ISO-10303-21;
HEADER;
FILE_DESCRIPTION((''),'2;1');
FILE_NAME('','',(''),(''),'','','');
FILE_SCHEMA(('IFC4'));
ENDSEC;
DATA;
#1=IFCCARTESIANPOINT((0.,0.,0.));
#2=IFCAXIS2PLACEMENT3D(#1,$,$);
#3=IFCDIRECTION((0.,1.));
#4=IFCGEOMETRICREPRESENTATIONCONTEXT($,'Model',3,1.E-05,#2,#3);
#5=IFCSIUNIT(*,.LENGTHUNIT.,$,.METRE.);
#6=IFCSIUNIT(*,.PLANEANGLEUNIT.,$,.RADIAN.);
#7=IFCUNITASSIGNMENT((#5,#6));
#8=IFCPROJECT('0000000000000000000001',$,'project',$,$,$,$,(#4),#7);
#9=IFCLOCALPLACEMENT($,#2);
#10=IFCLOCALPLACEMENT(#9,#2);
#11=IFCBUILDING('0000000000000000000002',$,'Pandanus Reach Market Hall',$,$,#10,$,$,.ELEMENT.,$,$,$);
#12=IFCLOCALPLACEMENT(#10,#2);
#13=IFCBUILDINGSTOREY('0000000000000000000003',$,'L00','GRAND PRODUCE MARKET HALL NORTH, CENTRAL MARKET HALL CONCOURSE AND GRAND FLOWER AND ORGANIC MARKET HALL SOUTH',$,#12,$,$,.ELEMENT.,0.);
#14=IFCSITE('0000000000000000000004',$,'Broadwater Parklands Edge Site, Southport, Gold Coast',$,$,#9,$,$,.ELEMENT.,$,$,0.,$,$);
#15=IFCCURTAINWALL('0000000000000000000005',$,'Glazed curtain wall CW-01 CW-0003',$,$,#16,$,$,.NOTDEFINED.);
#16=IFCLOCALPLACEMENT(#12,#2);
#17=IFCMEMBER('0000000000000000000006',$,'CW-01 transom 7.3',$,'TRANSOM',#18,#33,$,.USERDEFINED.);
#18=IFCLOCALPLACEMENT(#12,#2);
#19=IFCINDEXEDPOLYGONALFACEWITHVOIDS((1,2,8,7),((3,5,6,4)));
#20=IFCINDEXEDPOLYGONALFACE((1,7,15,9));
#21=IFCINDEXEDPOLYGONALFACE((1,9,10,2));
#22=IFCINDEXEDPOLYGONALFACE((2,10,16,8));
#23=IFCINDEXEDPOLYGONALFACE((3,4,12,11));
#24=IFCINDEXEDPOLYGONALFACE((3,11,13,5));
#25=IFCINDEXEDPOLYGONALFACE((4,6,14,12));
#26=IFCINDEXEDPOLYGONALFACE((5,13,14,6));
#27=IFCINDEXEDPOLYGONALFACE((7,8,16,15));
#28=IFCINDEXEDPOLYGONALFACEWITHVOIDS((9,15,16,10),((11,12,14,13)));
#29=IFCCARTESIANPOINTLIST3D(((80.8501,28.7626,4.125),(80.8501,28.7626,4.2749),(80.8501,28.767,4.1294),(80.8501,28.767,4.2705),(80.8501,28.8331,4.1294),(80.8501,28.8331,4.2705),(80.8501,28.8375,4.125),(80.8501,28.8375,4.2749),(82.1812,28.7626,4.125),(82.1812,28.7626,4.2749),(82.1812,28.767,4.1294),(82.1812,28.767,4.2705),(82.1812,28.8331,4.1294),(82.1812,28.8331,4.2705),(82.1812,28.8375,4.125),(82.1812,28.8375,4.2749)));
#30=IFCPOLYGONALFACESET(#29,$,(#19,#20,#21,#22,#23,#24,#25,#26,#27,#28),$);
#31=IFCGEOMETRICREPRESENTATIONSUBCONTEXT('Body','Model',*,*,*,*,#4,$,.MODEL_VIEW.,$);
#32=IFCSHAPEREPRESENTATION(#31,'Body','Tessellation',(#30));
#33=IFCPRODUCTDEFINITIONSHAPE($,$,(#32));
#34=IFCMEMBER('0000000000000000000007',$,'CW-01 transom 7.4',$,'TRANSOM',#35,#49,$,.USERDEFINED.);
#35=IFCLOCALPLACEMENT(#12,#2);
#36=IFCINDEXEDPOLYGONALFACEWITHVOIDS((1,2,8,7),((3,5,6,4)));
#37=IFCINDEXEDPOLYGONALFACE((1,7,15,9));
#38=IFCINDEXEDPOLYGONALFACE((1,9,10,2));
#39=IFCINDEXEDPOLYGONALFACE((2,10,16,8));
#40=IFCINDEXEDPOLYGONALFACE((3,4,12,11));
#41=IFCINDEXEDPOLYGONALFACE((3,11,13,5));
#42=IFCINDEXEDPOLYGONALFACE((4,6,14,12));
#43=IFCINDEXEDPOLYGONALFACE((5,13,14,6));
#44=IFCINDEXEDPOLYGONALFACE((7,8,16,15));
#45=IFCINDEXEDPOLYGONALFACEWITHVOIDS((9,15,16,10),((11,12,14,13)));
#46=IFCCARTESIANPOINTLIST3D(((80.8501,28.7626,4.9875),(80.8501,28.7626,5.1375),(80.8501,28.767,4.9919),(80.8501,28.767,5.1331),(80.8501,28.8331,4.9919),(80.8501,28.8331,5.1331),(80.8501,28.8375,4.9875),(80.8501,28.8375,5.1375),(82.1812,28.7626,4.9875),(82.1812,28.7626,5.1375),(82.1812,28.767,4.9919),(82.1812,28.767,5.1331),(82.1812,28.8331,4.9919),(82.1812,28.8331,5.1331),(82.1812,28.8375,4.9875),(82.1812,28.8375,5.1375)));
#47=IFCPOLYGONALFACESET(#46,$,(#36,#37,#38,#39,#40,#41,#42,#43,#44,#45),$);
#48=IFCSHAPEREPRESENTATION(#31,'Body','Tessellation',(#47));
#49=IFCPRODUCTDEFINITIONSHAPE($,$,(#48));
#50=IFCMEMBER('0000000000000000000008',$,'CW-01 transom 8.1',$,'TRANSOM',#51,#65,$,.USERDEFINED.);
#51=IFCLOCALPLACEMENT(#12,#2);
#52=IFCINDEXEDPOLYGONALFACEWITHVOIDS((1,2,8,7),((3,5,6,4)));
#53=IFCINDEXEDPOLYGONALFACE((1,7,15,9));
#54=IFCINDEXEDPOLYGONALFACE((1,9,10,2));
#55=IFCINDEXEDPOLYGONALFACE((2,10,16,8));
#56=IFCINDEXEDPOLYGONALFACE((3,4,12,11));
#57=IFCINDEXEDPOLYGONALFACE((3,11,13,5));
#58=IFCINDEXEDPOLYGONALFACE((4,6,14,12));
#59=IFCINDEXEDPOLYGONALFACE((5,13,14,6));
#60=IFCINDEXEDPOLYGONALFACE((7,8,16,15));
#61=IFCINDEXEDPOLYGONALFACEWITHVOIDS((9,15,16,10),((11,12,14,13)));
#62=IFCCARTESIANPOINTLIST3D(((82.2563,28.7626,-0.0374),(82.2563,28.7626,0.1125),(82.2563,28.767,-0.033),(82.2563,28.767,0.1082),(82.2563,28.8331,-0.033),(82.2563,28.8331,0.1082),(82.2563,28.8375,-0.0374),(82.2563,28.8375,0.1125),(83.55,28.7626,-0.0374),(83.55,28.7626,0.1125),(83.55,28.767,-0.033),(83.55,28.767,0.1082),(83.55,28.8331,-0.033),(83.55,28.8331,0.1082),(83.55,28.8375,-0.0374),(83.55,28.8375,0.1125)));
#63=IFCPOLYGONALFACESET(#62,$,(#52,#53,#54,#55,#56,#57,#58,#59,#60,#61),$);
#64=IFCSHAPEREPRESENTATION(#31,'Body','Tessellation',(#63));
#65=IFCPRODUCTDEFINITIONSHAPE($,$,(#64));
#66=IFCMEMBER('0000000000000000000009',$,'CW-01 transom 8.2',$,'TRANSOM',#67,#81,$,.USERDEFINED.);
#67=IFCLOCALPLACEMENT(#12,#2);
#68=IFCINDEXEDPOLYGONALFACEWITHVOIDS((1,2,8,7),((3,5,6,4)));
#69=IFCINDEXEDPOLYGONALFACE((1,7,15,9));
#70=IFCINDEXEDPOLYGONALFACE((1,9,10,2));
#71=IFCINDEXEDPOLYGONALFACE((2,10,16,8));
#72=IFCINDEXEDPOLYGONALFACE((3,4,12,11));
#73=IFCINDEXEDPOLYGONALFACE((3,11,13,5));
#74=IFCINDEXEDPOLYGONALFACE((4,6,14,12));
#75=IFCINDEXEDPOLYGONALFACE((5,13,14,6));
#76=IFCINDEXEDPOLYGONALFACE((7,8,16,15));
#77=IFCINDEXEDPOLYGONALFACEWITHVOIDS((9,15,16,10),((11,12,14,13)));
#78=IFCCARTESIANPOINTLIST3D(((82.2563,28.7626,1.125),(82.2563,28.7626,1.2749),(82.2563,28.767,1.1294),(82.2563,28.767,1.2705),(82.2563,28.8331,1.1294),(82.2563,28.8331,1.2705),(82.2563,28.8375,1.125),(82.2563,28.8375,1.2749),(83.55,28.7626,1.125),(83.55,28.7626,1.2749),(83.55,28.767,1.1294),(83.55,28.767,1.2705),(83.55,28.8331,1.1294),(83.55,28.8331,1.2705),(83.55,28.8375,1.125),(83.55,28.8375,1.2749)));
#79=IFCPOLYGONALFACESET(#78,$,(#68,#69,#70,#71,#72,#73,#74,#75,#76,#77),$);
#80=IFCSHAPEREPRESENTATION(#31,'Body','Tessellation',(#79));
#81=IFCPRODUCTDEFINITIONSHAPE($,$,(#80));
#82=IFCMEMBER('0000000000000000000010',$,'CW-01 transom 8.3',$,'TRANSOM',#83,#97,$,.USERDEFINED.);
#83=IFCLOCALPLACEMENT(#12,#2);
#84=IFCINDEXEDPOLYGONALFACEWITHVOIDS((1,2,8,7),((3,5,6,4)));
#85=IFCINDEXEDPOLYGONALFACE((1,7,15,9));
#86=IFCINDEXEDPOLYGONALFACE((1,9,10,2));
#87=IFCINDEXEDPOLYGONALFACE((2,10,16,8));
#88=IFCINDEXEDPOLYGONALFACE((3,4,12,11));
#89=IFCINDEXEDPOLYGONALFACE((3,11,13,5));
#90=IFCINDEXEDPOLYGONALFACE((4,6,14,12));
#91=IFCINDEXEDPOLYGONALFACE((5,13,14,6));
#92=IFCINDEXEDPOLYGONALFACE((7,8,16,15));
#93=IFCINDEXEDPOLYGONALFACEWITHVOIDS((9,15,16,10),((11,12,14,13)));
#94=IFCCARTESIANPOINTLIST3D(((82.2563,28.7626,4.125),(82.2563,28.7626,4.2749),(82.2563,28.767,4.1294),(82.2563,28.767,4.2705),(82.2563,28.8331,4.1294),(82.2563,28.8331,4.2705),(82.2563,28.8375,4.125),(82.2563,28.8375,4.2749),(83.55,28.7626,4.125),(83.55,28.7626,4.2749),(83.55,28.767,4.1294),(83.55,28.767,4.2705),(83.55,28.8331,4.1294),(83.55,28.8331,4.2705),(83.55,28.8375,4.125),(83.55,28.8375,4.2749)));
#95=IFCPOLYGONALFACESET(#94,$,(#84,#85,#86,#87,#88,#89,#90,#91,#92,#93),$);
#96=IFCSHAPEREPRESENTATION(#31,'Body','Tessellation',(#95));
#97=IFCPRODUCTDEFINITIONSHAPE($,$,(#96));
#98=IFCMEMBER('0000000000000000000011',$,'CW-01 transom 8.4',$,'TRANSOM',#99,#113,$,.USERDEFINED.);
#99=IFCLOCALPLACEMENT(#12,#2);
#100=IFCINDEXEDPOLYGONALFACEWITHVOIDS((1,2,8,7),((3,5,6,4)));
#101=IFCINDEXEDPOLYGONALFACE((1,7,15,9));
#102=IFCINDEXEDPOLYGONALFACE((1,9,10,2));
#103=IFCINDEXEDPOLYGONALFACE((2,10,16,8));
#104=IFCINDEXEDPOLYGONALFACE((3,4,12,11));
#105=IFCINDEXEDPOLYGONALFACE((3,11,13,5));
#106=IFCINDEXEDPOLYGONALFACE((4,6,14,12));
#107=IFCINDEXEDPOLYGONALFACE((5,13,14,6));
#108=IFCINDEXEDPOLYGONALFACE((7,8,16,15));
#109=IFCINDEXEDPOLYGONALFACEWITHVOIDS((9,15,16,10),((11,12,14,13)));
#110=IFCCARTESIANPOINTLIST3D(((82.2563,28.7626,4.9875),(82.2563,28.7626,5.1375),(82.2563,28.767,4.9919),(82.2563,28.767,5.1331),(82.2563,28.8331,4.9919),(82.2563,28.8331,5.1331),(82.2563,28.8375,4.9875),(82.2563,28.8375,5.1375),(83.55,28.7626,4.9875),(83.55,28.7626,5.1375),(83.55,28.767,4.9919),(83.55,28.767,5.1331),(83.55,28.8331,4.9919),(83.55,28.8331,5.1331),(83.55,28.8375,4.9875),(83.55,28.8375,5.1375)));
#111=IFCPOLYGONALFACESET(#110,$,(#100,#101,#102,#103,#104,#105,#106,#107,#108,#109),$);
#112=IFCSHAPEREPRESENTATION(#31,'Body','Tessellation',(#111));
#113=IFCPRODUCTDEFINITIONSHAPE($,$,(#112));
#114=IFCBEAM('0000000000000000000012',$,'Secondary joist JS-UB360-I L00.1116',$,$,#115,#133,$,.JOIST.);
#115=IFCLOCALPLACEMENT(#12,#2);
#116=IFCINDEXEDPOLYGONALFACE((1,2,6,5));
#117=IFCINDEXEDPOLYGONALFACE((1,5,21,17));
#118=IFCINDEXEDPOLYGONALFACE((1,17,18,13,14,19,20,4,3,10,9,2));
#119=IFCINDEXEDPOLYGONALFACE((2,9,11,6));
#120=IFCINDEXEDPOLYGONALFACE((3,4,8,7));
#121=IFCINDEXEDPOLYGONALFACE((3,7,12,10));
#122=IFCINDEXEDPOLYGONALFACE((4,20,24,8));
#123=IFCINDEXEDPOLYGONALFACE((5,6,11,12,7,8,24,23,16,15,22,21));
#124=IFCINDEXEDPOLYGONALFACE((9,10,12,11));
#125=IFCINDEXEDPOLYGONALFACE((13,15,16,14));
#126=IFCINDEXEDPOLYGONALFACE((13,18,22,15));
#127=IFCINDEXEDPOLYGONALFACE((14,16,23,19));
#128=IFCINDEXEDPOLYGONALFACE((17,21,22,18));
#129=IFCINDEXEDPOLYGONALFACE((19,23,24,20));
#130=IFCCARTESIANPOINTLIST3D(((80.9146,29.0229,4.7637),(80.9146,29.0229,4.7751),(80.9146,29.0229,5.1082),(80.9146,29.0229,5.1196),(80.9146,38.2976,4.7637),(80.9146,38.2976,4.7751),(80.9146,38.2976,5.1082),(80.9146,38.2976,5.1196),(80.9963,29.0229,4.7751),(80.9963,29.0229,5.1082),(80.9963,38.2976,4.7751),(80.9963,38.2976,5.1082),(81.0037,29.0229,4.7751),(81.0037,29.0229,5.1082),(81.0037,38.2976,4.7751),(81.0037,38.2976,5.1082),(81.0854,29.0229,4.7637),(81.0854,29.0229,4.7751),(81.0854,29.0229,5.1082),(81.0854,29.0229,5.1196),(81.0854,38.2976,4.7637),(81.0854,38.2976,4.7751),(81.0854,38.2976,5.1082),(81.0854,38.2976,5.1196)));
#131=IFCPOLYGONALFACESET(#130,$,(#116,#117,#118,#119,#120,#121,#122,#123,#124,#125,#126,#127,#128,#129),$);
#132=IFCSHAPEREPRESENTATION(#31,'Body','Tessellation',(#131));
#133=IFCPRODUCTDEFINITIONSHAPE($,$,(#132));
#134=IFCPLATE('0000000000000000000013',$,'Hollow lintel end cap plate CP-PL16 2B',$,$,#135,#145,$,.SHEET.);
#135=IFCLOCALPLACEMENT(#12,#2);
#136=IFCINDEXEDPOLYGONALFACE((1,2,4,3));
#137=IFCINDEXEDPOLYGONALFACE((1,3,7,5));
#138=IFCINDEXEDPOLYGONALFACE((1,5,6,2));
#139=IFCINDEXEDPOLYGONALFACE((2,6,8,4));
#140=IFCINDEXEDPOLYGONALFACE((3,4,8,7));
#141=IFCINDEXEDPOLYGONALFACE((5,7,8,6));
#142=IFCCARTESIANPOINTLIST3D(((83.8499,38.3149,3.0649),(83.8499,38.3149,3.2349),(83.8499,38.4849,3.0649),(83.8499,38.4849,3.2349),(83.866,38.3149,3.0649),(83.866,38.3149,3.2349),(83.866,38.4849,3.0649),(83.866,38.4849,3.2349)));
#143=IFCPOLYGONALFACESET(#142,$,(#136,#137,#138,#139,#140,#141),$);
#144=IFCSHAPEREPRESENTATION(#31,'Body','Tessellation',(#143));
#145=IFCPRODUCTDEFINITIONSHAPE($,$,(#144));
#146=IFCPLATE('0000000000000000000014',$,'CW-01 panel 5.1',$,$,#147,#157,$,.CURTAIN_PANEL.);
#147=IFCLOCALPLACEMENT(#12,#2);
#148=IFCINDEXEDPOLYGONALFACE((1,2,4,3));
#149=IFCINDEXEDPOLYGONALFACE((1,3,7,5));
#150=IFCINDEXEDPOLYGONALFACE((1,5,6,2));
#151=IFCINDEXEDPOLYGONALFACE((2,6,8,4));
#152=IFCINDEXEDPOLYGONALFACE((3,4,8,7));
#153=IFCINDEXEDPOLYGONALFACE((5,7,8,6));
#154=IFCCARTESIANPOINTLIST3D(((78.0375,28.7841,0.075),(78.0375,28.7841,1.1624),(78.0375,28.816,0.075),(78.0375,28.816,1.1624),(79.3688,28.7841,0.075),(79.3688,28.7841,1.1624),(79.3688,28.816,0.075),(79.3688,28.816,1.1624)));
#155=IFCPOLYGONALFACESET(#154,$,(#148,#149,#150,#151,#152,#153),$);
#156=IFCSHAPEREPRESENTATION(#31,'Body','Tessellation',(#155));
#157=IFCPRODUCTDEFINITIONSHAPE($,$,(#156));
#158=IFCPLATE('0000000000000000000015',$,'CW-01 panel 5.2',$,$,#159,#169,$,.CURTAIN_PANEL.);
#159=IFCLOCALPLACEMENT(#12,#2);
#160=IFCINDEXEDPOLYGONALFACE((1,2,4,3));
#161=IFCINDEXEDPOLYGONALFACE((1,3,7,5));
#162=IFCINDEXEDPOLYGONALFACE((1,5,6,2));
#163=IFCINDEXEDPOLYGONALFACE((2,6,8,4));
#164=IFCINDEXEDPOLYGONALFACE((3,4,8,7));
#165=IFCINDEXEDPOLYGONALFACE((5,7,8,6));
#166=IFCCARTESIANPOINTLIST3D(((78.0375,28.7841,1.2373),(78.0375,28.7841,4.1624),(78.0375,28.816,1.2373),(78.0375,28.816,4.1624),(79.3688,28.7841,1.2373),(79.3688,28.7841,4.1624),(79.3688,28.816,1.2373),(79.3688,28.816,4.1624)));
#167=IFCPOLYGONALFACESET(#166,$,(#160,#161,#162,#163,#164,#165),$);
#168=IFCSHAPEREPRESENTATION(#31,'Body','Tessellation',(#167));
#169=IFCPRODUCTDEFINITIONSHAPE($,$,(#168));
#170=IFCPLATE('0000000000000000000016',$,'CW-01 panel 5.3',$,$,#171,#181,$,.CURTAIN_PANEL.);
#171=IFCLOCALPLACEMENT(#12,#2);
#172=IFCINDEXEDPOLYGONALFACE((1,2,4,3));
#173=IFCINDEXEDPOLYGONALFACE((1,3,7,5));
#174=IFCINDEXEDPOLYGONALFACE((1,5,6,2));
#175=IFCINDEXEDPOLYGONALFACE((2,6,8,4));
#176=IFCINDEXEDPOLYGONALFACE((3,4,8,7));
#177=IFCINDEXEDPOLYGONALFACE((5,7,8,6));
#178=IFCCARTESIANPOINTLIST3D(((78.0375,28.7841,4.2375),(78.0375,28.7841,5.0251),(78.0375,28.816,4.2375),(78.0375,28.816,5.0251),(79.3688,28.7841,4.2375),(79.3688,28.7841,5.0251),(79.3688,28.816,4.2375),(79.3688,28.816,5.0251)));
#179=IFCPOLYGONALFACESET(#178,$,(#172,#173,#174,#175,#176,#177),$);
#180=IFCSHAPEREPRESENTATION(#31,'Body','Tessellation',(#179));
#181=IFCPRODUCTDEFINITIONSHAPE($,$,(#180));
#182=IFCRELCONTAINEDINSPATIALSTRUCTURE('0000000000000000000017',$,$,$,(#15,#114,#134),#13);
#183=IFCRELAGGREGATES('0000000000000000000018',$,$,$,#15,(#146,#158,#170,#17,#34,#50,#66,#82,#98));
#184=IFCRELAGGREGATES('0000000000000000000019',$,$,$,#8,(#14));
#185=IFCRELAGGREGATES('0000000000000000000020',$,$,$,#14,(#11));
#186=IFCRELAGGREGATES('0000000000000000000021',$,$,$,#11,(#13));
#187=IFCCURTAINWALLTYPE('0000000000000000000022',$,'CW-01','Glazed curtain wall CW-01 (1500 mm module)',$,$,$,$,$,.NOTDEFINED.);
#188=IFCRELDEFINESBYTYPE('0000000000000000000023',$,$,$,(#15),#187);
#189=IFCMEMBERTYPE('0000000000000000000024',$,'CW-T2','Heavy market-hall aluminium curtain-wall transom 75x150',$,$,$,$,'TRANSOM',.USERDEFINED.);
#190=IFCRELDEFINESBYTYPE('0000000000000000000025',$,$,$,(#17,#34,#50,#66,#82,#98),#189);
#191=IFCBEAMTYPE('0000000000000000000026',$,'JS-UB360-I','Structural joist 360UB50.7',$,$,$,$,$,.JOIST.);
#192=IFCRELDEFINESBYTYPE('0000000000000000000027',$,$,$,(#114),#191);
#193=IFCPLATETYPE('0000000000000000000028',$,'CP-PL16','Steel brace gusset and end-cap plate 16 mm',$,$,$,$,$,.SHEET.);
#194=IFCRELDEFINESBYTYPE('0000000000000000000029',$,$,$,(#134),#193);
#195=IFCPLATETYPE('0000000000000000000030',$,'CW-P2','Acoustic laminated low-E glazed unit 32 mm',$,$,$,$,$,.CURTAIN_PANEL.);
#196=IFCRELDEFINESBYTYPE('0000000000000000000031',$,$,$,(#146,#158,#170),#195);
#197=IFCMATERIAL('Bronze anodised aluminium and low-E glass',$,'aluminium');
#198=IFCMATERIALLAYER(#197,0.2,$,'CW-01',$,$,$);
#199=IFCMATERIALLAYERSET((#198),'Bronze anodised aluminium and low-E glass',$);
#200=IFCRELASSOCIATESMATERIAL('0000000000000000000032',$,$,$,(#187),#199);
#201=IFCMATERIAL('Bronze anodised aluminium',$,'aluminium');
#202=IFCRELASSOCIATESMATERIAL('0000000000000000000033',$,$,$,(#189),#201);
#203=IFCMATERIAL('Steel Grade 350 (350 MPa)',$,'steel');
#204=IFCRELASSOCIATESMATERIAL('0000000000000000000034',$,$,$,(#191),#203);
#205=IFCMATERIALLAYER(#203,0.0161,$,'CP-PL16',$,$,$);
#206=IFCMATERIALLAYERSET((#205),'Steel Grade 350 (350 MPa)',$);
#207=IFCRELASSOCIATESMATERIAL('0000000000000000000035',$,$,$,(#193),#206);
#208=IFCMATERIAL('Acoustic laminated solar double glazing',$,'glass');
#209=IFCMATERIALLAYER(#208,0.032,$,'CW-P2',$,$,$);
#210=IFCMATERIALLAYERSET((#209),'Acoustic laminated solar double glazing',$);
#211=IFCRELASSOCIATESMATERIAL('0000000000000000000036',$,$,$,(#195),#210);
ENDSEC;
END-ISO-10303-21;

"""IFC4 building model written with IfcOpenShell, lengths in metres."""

from ifc_helpers import new_model, si_unit, direction, frame, origin, origin_2d, place, context, subcontext, project, spatial, rectangle, hollow_rectangle, i_section, extrude, material, layer, layer_set, material_profile, profile_set, type_object, element, aggregate, save


model = new_model("IFC4")

# Units and contexts
model_context = context("Model", 3, precision=1e-05, world=origin(), true_north=direction((0.0, 1.0)))
body_context = subcontext(model_context, "Body", "Model", "MODEL_VIEW")
ifc_project = project(units=[si_unit("LENGTHUNIT", "METRE"), si_unit("PLANEANGLEUNIT", "RADIAN")], contexts=[model_context])

# Site, building, storey
site_placement = place(None, origin())
site = spatial("IfcSite", under=ifc_project, at=site_placement, Name="Broadwater Parklands Edge Site, Southport, Gold Coast", CompositionType="ELEMENT", RefElevation=0.0)
building_placement = place(site_placement, origin())
building = spatial("IfcBuilding", under=site, at=building_placement, Name="Pandanus Reach Market Hall", CompositionType="ELEMENT")
storey_placement = place(building_placement, origin())
storey = spatial("IfcBuildingStorey", under=building, at=storey_placement, Name="L00", Description="GRAND PRODUCE MARKET HALL NORTH, CENTRAL MARKET HALL CONCOURSE AND GRAND FLOWER AND ORGANIC MARKET HALL SOUTH", CompositionType="ELEMENT", Elevation=0.0)

# Curtain wall, members
ifc_material_1 = material(Name="Bronze anodised aluminium and low-E glass", Category="aluminium")
ifc_layer_1 = layer(ifc_material_1, 0.2, Name="CW-01")
ifc_layer_set_1 = layer_set([ifc_layer_1], Name="Bronze anodised aluminium and low-E glass")
curtain_wall_type = type_object("IfcCurtainWallType", Name="CW-01", Description="Glazed curtain wall CW-01 (1500 mm module)", PredefinedType="NOTDEFINED", material=ifc_layer_set_1)
curtain_wall_placement = place(storey_placement, origin())
curtain_wall = element("IfcCurtainWall", 1, at=curtain_wall_placement, inside=storey, type_object=curtain_wall_type, Name="Glazed curtain wall CW-01 CW-0003", PredefinedType="NOTDEFINED")
ifc_material_2 = material(Name="Bronze anodised aluminium", Category="aluminium")
ifc_material_profile_1 = material_profile(ifc_material_2, hollow_rectangle(XDim=0.075, YDim=0.1499, WallThickness=0.0044, at=origin_2d()), Name="ALU75x150", Category="LoadBearing")
ifc_profile_set_1 = profile_set([ifc_material_profile_1], Name="Bronze anodised aluminium")
member_type_1 = type_object("IfcMemberType", Name="CW-T2", Description="Heavy market-hall aluminium curtain-wall transom 75x150", ElementType="TRANSOM", PredefinedType="USERDEFINED", material=ifc_profile_set_1)
member_1_placement = place(storey_placement, frame((80.8501, 28.8, 4.2), z_axis=(1.0, 0.0, 0.0), x_axis=(0.0, 1.0, 0.0)))
member_1 = element("IfcMember", 2, at=member_1_placement, type_object=member_type_1, Name="CW-01 transom 7.3", ObjectType="TRANSOM", PredefinedType="USERDEFINED", context=body_context, shape_type="SweptSolid", body=[
    extrude(hollow_rectangle(XDim=0.075, YDim=0.1499, WallThickness=0.0044, at=origin_2d()), origin(), (0.0, 0.0, 1.0), 1.3311),
])
member_2_placement = place(storey_placement, frame((80.8501, 28.8, 5.0625), z_axis=(1.0, 0.0, 0.0), x_axis=(0.0, 1.0, 0.0)))
member_2 = element("IfcMember", 3, at=member_2_placement, type_object=member_type_1, Name="CW-01 transom 7.4", ObjectType="TRANSOM", PredefinedType="USERDEFINED", context=body_context, shape_type="SweptSolid", body=[
    extrude(hollow_rectangle(XDim=0.075, YDim=0.1499, WallThickness=0.0044, at=origin_2d()), origin(), (0.0, 0.0, 1.0), 1.3311),
])
member_3_placement = place(storey_placement, frame((82.2563, 28.8, 0.0376), z_axis=(1.0, 0.0, 0.0), x_axis=(0.0, 1.0, 0.0)))
member_3 = element("IfcMember", 4, at=member_3_placement, type_object=member_type_1, Name="CW-01 transom 8.1", ObjectType="TRANSOM", PredefinedType="USERDEFINED", context=body_context, shape_type="SweptSolid", body=[
    extrude(hollow_rectangle(XDim=0.075, YDim=0.1499, WallThickness=0.0044, at=origin_2d()), origin(), (0.0, 0.0, 1.0), 1.2937),
])
member_4_placement = place(storey_placement, frame((82.2563, 28.8, 1.2), z_axis=(1.0, 0.0, 0.0), x_axis=(0.0, 1.0, 0.0)))
member_4 = element("IfcMember", 5, at=member_4_placement, type_object=member_type_1, Name="CW-01 transom 8.2", ObjectType="TRANSOM", PredefinedType="USERDEFINED", context=body_context, shape_type="SweptSolid", body=[
    extrude(hollow_rectangle(XDim=0.075, YDim=0.1499, WallThickness=0.0044, at=origin_2d()), origin(), (0.0, 0.0, 1.0), 1.2937),
])
member_5_placement = place(storey_placement, frame((82.2563, 28.8, 4.2), z_axis=(1.0, 0.0, 0.0), x_axis=(0.0, 1.0, 0.0)))
member_5 = element("IfcMember", 6, at=member_5_placement, type_object=member_type_1, Name="CW-01 transom 8.3", ObjectType="TRANSOM", PredefinedType="USERDEFINED", context=body_context, shape_type="SweptSolid", body=[
    extrude(hollow_rectangle(XDim=0.075, YDim=0.1499, WallThickness=0.0044, at=origin_2d()), origin(), (0.0, 0.0, 1.0), 1.2937),
])
member_6_placement = place(storey_placement, frame((82.2563, 28.8, 5.0625), z_axis=(1.0, 0.0, 0.0), x_axis=(0.0, 1.0, 0.0)))
member_6 = element("IfcMember", 7, at=member_6_placement, type_object=member_type_1, Name="CW-01 transom 8.4", ObjectType="TRANSOM", PredefinedType="USERDEFINED", context=body_context, shape_type="SweptSolid", body=[
    extrude(hollow_rectangle(XDim=0.075, YDim=0.1499, WallThickness=0.0044, at=origin_2d()), origin(), (0.0, 0.0, 1.0), 1.2937),
])

# Beam
ifc_material_3 = material(Name="Steel Grade 350 (350 MPa)", Category="steel")
ifc_material_profile_2 = material_profile(ifc_material_3, i_section(OverallWidth=0.1709, OverallDepth=0.356, WebThickness=0.0073, FlangeThickness=0.0115, at=origin_2d()), Name="360UB50.7", Category="LoadBearing")
ifc_profile_set_2 = profile_set([ifc_material_profile_2], Name="Steel Grade 350 (350 MPa)")
beam_type = type_object("IfcBeamType", Name="JS-UB360-I", Description="Structural joist 360UB50.7", PredefinedType="JOIST", material=ifc_profile_set_2)
beam_placement = place(storey_placement, frame((81.0, 29.0229, 4.9417), z_axis=(0.0, 1.0, 0.0), x_axis=(-1.0, 0.0, 0.0)))
element("IfcBeam", 8, at=beam_placement, inside=storey, type_object=beam_type, Name="Secondary joist JS-UB360-I L00.1116", PredefinedType="JOIST", context=body_context, shape_type="SweptSolid", body=[
    extrude(i_section(OverallWidth=0.1709, OverallDepth=0.356, WebThickness=0.0073, FlangeThickness=0.0115, at=origin_2d()), origin(), (0.0, 0.0, 1.0), 9.2747),
])

# Plates
ifc_layer_2 = layer(ifc_material_3, 0.0161, Name="CP-PL16")
ifc_layer_set_2 = layer_set([ifc_layer_2], Name="Steel Grade 350 (350 MPa)")
plate_type_1 = type_object("IfcPlateType", Name="CP-PL16", Description="Steel brace gusset and end-cap plate 16 mm", PredefinedType="SHEET", material=ifc_layer_set_2)
plate_1_placement = place(storey_placement, frame((83.8579, 38.3999, 3.0649), z_axis=(0.0, 0.0, 1.0), x_axis=(1.0, 0.0, 0.0)))
element("IfcPlate", 9, at=plate_1_placement, inside=storey, type_object=plate_type_1, Name="Hollow lintel end cap plate CP-PL16 2B", PredefinedType="SHEET", context=body_context, shape_type="SweptSolid", body=[
    extrude(rectangle(XDim=0.0161, YDim=0.1699, at=origin_2d()), origin(), (0.0, 0.0, 1.0), 0.1699),
])
ifc_material_4 = material(Name="Acoustic laminated solar double glazing", Category="glass")
ifc_layer_3 = layer(ifc_material_4, 0.032, Name="CW-P2")
ifc_layer_set_3 = layer_set([ifc_layer_3], Name="Acoustic laminated solar double glazing")
plate_type_2 = type_object("IfcPlateType", Name="CW-P2", Description="Acoustic laminated low-E glazed unit 32 mm", PredefinedType="CURTAIN_PANEL", material=ifc_layer_set_3)
plate_2_placement = place(storey_placement, frame((78.7031, 28.8, 0.075), z_axis=(0.0, 0.0, 1.0), x_axis=(1.0, 0.0, 0.0)))
plate_2 = element("IfcPlate", 10, at=plate_2_placement, type_object=plate_type_2, Name="CW-01 panel 5.1", PredefinedType="CURTAIN_PANEL", context=body_context, shape_type="SweptSolid", body=[
    extrude(rectangle(XDim=1.3313, YDim=0.032, at=origin_2d()), origin(), (0.0, 0.0, 1.0), 1.0874),
])
plate_3_placement = place(storey_placement, frame((78.7031, 28.8, 1.2373), z_axis=(0.0, 0.0, 1.0), x_axis=(1.0, 0.0, 0.0)))
plate_3 = element("IfcPlate", 11, at=plate_3_placement, type_object=plate_type_2, Name="CW-01 panel 5.2", PredefinedType="CURTAIN_PANEL", context=body_context, shape_type="SweptSolid", body=[
    extrude(rectangle(XDim=1.3313, YDim=0.032, at=origin_2d()), origin(), (0.0, 0.0, 1.0), 2.925),
])
plate_4_placement = place(storey_placement, frame((78.7031, 28.8, 4.2375), z_axis=(0.0, 0.0, 1.0), x_axis=(1.0, 0.0, 0.0)))
plate_4 = element("IfcPlate", 12, at=plate_4_placement, type_object=plate_type_2, Name="CW-01 panel 5.3", PredefinedType="CURTAIN_PANEL", context=body_context, shape_type="SweptSolid", body=[
    extrude(rectangle(XDim=1.3313, YDim=0.032, at=origin_2d()), origin(), (0.0, 0.0, 1.0), 0.7876),
])
aggregate(curtain_wall, [plate_2, plate_3, plate_4, member_1, member_2, member_3, member_4, member_5, member_6])

save(model, "model.ifc")
